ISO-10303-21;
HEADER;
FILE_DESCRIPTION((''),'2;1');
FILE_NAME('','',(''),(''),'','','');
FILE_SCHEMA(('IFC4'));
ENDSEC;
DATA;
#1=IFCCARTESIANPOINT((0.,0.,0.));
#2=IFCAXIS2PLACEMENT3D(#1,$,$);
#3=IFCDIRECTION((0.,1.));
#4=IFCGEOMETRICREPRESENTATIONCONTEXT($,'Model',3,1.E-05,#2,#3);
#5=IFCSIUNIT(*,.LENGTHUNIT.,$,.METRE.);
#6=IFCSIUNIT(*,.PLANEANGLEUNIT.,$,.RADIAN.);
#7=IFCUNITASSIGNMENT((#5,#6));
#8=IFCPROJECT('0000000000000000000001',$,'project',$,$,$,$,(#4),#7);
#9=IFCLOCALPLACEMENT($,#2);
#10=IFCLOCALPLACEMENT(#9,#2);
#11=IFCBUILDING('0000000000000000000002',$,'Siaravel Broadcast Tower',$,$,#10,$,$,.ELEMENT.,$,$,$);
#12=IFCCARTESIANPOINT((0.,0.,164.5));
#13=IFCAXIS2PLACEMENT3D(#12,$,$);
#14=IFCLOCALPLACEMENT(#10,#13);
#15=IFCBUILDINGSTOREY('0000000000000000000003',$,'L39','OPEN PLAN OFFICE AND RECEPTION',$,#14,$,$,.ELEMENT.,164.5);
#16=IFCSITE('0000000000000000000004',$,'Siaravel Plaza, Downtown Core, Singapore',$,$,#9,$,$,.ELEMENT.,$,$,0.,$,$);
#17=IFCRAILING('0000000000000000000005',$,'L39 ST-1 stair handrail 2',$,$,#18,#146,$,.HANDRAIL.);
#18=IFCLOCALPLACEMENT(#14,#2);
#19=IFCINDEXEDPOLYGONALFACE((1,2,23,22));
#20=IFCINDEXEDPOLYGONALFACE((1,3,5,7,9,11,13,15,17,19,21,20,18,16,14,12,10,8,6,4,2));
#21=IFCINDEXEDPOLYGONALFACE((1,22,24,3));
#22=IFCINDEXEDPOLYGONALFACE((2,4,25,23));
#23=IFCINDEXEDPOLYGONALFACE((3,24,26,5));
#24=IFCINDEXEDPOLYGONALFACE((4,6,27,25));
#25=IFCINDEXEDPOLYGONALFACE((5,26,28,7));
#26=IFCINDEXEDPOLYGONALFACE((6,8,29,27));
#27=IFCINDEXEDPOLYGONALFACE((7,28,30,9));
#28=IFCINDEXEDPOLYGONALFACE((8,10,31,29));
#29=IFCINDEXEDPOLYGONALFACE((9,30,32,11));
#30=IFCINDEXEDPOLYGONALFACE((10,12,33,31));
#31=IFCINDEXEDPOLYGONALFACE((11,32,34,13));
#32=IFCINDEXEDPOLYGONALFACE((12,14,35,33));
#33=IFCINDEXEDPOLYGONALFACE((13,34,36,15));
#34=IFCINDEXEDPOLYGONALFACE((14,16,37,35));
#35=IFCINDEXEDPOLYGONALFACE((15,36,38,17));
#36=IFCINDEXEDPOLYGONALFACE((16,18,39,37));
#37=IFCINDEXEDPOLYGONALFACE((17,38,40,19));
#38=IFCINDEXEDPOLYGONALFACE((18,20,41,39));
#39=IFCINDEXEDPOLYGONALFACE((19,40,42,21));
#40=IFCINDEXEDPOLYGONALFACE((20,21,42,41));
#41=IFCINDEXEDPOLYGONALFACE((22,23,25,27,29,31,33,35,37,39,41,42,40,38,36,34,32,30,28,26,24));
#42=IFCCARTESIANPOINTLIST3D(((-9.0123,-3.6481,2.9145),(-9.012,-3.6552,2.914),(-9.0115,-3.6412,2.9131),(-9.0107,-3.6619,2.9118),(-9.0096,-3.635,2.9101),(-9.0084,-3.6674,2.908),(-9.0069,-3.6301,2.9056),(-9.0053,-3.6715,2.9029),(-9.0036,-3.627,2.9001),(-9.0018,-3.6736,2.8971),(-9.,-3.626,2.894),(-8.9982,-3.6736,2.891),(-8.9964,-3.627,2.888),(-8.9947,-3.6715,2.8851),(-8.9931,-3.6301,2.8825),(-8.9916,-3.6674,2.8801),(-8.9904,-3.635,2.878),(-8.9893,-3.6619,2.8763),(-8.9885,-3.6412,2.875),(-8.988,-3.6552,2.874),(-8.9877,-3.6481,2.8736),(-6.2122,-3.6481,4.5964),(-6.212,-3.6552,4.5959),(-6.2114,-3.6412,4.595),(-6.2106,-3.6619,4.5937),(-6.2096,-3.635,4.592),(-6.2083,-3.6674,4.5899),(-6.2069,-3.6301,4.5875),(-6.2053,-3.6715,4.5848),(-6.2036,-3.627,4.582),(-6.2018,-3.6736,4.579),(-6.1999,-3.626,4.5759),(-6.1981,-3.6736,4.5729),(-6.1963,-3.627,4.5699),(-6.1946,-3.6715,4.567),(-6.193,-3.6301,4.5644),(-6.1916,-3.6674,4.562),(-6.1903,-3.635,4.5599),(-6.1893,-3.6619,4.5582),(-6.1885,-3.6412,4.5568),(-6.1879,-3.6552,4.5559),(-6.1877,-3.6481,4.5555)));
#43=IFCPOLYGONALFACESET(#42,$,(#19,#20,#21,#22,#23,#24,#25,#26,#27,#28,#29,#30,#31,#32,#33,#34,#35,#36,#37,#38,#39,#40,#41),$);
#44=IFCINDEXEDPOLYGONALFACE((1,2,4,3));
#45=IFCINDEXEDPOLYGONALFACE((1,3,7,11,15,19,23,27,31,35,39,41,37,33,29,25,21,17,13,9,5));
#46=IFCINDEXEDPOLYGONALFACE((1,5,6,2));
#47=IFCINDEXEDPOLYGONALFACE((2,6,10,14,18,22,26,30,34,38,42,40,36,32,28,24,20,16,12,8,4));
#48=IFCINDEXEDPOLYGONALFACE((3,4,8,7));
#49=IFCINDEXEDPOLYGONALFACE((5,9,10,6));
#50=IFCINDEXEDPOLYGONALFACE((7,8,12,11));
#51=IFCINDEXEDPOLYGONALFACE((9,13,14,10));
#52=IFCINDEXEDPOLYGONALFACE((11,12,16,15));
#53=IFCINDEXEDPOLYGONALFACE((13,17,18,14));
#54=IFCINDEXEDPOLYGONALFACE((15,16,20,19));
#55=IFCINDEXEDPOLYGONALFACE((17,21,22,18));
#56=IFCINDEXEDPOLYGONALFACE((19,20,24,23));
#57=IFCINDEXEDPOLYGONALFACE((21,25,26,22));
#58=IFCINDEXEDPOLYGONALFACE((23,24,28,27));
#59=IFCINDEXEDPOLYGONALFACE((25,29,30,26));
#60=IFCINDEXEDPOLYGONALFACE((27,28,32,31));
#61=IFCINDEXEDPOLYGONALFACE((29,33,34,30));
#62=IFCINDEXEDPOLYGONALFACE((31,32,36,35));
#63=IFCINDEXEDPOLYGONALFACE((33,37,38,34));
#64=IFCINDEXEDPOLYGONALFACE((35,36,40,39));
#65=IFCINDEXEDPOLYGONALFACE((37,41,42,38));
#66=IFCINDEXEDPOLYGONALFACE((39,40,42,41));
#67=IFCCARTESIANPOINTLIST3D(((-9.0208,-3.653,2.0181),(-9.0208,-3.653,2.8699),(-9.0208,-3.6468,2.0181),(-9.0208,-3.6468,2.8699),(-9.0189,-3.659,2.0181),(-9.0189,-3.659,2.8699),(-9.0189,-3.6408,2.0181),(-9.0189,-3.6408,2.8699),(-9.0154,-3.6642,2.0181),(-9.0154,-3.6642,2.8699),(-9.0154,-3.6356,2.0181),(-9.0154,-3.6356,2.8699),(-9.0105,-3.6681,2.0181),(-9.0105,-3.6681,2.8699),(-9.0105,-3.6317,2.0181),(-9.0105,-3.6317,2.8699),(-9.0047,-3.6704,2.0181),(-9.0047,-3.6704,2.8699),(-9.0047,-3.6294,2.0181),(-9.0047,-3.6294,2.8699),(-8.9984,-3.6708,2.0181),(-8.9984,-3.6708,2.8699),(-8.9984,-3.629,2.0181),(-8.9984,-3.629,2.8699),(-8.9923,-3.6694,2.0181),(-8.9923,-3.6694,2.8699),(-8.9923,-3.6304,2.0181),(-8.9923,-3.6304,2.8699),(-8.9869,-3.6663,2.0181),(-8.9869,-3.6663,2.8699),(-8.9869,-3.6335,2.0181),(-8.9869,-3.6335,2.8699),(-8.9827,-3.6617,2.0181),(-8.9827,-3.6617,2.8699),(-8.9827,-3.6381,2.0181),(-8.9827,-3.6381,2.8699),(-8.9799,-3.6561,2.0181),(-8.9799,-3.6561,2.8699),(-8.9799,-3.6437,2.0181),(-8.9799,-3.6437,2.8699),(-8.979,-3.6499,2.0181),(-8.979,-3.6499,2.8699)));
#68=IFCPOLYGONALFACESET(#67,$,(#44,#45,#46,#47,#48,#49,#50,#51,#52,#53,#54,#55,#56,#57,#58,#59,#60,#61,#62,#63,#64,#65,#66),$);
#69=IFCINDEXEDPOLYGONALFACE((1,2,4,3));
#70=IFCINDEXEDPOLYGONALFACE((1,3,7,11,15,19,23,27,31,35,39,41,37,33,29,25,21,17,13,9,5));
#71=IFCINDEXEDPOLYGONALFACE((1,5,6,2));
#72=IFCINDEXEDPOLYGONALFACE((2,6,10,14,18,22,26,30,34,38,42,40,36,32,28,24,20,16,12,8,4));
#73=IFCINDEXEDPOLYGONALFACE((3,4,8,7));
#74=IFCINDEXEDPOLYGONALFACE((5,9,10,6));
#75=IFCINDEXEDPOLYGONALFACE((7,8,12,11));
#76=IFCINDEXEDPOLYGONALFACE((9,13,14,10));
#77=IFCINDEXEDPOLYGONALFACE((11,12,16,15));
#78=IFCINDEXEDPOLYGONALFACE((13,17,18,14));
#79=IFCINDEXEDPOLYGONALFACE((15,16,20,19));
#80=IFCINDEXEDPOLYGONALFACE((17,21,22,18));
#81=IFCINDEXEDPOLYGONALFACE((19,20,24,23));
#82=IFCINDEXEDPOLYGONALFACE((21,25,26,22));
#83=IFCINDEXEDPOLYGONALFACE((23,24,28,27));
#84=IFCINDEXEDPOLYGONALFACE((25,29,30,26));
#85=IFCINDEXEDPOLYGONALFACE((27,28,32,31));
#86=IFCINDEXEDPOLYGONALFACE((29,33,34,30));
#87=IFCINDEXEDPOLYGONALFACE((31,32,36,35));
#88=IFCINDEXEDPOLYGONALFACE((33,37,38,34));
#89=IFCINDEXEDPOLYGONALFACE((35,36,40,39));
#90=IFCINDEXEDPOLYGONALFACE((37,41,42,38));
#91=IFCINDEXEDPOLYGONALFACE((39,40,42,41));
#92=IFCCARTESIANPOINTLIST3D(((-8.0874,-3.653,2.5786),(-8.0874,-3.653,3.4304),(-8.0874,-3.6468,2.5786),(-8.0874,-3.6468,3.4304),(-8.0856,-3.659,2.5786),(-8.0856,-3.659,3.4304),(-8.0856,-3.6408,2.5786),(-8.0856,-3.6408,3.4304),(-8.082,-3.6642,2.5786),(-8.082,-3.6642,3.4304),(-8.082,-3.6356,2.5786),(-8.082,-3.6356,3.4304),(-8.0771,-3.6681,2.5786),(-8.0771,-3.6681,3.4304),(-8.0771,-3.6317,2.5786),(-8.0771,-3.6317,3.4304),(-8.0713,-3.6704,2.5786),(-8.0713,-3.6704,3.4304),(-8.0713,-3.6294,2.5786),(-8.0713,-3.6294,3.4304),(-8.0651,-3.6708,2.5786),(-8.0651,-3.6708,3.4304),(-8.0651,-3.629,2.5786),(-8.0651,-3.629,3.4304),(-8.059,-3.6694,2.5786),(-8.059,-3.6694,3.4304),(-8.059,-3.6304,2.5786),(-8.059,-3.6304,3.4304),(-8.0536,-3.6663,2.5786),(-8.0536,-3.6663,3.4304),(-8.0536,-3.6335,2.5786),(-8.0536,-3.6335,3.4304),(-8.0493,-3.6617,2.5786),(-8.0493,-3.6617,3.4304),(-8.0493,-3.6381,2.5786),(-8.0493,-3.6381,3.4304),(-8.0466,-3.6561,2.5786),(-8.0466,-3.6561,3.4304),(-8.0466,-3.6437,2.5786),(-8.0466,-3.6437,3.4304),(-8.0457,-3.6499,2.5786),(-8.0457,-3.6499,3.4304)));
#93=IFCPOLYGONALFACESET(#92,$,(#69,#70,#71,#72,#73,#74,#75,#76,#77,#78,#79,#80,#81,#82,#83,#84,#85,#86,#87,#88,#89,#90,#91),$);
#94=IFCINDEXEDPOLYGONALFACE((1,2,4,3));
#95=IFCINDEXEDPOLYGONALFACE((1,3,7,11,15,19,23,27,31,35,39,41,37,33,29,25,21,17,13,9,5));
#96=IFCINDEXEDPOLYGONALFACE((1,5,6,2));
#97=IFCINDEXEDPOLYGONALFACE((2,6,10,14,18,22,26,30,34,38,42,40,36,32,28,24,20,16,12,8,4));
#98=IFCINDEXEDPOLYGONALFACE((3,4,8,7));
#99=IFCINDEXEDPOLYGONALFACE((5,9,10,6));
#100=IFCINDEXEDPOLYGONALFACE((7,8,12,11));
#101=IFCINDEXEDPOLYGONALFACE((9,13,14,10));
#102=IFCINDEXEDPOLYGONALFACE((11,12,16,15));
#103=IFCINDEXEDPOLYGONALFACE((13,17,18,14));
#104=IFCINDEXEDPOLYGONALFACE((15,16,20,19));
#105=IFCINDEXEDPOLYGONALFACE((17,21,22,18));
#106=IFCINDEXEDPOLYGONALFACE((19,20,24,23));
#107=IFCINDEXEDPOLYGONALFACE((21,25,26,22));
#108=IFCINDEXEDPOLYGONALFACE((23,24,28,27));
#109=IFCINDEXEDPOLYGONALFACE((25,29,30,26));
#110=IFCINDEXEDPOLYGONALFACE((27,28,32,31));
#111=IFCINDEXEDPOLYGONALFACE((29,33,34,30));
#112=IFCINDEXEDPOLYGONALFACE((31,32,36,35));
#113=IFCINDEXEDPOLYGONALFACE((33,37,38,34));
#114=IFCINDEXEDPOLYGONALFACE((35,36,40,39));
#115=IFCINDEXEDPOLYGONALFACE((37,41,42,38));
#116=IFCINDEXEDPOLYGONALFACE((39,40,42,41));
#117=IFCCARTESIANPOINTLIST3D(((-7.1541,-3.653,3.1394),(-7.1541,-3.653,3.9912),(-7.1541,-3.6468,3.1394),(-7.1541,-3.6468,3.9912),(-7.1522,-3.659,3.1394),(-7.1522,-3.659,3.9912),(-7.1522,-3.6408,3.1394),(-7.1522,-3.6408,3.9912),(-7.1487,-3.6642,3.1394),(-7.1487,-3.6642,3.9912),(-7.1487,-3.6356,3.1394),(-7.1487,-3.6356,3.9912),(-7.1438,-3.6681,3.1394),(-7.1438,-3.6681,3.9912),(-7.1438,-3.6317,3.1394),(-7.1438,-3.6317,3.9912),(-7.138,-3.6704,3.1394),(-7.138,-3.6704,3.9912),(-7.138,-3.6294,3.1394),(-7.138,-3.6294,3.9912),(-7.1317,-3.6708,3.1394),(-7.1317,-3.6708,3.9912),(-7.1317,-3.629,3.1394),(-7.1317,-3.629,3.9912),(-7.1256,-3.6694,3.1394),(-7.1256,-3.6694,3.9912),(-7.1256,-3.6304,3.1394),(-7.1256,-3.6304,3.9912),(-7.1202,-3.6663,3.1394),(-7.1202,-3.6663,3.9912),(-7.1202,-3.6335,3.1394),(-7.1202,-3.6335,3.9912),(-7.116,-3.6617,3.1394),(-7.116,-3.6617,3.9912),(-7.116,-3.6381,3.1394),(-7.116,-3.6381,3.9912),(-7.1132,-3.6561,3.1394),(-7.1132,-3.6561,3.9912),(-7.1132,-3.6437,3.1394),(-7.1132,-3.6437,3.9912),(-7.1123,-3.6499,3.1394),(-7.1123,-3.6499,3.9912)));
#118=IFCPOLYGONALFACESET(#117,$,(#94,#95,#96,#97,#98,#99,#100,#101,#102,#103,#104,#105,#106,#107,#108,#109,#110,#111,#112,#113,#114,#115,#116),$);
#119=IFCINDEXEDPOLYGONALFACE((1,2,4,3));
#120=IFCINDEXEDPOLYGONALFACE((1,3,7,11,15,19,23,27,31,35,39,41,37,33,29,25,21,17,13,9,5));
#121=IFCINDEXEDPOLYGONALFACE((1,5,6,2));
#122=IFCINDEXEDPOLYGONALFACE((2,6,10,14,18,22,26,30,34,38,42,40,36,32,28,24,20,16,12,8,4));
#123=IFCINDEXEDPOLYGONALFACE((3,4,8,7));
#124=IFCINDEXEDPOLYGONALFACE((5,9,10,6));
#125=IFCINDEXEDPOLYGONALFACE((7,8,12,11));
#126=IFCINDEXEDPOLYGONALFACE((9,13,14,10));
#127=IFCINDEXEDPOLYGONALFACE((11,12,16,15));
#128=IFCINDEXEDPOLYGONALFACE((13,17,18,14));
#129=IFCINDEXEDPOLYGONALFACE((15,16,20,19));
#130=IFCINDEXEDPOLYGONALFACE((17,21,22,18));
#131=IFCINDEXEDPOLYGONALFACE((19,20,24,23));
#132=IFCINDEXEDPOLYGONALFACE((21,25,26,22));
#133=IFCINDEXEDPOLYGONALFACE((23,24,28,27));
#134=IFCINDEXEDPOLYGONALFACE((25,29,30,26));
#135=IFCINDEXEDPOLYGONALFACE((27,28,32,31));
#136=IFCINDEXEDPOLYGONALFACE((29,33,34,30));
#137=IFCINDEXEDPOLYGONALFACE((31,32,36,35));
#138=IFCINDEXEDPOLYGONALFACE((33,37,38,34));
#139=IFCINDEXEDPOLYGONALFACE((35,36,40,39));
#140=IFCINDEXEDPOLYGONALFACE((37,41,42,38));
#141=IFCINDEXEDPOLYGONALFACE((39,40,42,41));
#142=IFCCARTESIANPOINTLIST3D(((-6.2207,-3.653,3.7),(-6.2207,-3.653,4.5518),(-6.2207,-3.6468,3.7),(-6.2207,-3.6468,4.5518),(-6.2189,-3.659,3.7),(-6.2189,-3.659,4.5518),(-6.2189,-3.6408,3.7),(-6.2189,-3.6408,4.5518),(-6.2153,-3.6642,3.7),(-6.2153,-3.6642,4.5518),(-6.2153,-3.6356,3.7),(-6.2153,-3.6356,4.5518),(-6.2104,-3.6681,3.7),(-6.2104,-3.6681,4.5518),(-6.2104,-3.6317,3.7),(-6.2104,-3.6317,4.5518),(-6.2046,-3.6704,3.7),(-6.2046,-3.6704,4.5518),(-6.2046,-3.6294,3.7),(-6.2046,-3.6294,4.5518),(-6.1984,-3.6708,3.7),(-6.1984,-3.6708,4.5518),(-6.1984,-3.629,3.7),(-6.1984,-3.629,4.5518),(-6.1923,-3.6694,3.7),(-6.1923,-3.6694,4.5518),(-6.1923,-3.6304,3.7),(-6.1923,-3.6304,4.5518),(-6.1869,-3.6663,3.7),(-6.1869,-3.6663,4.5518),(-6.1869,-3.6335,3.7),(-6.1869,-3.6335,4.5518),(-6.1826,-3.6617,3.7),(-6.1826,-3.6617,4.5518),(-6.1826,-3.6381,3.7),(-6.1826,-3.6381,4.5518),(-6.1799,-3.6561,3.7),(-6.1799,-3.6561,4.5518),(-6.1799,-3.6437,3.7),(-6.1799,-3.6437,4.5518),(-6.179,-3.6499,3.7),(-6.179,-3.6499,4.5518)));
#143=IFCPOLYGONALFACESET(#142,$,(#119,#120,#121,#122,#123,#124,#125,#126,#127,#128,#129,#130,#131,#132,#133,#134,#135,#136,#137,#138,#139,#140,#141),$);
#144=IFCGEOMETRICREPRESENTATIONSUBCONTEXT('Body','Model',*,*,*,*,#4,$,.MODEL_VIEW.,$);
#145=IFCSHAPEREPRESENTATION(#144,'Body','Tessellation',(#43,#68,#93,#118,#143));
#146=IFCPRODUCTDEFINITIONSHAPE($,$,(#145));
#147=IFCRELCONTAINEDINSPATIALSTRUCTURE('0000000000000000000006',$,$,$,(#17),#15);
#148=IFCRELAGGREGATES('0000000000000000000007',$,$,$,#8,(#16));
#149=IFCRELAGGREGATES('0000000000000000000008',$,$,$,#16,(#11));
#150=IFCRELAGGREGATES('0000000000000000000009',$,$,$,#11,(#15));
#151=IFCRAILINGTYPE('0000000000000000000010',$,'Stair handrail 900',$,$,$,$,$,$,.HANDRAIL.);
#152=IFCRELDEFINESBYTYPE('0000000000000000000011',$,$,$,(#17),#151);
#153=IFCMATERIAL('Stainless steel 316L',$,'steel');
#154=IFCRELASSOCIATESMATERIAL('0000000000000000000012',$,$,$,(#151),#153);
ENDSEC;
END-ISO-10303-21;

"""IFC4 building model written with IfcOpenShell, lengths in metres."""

from ifc_helpers import new_model, si_unit, direction, frame, origin, origin_2d, place, context, subcontext, project, spatial, circle, extrude, material, type_object, element, save


model = new_model("IFC4")

# Units and contexts
model_context = context("Model", 3, precision=1e-05, world=origin(), true_north=direction((0.0, 1.0)))
body_context = subcontext(model_context, "Body", "Model", "MODEL_VIEW")
ifc_project = project(units=[si_unit("LENGTHUNIT", "METRE"), si_unit("PLANEANGLEUNIT", "RADIAN")], contexts=[model_context])

# Site, building, storey
site_placement = place(None, origin())
site = spatial("IfcSite", under=ifc_project, at=site_placement, Name="Siaravel Plaza, Downtown Core, Singapore", CompositionType="ELEMENT", RefElevation=0.0)
building_placement = place(site_placement, origin())
building = spatial("IfcBuilding", under=site, at=building_placement, Name="Siaravel Broadcast Tower", CompositionType="ELEMENT")
storey_placement = place(building_placement, frame((0.0, 0.0, 164.5)))
storey = spatial("IfcBuildingStorey", under=building, at=storey_placement, Name="L39", Description="OPEN PLAN OFFICE AND RECEPTION", CompositionType="ELEMENT", Elevation=164.5)

# Shared definitions
ifc_material_1 = material(Name="Stainless steel 316L", Category="steel")

# Railing
railing_type_1 = type_object("IfcRailingType", Name="Stair handrail 900", PredefinedType="HANDRAIL", material=ifc_material_1)
railing_1_placement = place(storey_placement, frame((-9.0, -3.6499, 2.0181)))
element("IfcRailing", 1, at=railing_1_placement, inside=storey, type_object=railing_type_1, Name="L39 ST-1 stair handrail 2", PredefinedType="HANDRAIL", context=body_context, shape_type="SweptSolid", body=[
    extrude(circle(Radius=0.0239, at=origin_2d()), frame((0.0, 0.0, 0.876), z_axis=(0.857242, 0.0, 0.514913), x_axis=(0.0, 1.0, 0.0)), (0.0, 0.0, 1.0), 3.2664),
    extrude(circle(Radius=0.021, at=origin_2d()), origin(), (0.0, 0.0, 1.0), 0.8518),
    extrude(circle(Radius=0.021, at=origin_2d()), frame((0.9333, 0.0, 0.5605)), (0.0, 0.0, 1.0), 0.8518),
    extrude(circle(Radius=0.021, at=origin_2d()), frame((1.8667, 0.0, 1.1213)), (0.0, 0.0, 1.0), 0.8518),
    extrude(circle(Radius=0.021, at=origin_2d()), frame((2.8, 0.0, 1.6819)), (0.0, 0.0, 1.0), 0.8518),
])

save(model, "model.ifc")
